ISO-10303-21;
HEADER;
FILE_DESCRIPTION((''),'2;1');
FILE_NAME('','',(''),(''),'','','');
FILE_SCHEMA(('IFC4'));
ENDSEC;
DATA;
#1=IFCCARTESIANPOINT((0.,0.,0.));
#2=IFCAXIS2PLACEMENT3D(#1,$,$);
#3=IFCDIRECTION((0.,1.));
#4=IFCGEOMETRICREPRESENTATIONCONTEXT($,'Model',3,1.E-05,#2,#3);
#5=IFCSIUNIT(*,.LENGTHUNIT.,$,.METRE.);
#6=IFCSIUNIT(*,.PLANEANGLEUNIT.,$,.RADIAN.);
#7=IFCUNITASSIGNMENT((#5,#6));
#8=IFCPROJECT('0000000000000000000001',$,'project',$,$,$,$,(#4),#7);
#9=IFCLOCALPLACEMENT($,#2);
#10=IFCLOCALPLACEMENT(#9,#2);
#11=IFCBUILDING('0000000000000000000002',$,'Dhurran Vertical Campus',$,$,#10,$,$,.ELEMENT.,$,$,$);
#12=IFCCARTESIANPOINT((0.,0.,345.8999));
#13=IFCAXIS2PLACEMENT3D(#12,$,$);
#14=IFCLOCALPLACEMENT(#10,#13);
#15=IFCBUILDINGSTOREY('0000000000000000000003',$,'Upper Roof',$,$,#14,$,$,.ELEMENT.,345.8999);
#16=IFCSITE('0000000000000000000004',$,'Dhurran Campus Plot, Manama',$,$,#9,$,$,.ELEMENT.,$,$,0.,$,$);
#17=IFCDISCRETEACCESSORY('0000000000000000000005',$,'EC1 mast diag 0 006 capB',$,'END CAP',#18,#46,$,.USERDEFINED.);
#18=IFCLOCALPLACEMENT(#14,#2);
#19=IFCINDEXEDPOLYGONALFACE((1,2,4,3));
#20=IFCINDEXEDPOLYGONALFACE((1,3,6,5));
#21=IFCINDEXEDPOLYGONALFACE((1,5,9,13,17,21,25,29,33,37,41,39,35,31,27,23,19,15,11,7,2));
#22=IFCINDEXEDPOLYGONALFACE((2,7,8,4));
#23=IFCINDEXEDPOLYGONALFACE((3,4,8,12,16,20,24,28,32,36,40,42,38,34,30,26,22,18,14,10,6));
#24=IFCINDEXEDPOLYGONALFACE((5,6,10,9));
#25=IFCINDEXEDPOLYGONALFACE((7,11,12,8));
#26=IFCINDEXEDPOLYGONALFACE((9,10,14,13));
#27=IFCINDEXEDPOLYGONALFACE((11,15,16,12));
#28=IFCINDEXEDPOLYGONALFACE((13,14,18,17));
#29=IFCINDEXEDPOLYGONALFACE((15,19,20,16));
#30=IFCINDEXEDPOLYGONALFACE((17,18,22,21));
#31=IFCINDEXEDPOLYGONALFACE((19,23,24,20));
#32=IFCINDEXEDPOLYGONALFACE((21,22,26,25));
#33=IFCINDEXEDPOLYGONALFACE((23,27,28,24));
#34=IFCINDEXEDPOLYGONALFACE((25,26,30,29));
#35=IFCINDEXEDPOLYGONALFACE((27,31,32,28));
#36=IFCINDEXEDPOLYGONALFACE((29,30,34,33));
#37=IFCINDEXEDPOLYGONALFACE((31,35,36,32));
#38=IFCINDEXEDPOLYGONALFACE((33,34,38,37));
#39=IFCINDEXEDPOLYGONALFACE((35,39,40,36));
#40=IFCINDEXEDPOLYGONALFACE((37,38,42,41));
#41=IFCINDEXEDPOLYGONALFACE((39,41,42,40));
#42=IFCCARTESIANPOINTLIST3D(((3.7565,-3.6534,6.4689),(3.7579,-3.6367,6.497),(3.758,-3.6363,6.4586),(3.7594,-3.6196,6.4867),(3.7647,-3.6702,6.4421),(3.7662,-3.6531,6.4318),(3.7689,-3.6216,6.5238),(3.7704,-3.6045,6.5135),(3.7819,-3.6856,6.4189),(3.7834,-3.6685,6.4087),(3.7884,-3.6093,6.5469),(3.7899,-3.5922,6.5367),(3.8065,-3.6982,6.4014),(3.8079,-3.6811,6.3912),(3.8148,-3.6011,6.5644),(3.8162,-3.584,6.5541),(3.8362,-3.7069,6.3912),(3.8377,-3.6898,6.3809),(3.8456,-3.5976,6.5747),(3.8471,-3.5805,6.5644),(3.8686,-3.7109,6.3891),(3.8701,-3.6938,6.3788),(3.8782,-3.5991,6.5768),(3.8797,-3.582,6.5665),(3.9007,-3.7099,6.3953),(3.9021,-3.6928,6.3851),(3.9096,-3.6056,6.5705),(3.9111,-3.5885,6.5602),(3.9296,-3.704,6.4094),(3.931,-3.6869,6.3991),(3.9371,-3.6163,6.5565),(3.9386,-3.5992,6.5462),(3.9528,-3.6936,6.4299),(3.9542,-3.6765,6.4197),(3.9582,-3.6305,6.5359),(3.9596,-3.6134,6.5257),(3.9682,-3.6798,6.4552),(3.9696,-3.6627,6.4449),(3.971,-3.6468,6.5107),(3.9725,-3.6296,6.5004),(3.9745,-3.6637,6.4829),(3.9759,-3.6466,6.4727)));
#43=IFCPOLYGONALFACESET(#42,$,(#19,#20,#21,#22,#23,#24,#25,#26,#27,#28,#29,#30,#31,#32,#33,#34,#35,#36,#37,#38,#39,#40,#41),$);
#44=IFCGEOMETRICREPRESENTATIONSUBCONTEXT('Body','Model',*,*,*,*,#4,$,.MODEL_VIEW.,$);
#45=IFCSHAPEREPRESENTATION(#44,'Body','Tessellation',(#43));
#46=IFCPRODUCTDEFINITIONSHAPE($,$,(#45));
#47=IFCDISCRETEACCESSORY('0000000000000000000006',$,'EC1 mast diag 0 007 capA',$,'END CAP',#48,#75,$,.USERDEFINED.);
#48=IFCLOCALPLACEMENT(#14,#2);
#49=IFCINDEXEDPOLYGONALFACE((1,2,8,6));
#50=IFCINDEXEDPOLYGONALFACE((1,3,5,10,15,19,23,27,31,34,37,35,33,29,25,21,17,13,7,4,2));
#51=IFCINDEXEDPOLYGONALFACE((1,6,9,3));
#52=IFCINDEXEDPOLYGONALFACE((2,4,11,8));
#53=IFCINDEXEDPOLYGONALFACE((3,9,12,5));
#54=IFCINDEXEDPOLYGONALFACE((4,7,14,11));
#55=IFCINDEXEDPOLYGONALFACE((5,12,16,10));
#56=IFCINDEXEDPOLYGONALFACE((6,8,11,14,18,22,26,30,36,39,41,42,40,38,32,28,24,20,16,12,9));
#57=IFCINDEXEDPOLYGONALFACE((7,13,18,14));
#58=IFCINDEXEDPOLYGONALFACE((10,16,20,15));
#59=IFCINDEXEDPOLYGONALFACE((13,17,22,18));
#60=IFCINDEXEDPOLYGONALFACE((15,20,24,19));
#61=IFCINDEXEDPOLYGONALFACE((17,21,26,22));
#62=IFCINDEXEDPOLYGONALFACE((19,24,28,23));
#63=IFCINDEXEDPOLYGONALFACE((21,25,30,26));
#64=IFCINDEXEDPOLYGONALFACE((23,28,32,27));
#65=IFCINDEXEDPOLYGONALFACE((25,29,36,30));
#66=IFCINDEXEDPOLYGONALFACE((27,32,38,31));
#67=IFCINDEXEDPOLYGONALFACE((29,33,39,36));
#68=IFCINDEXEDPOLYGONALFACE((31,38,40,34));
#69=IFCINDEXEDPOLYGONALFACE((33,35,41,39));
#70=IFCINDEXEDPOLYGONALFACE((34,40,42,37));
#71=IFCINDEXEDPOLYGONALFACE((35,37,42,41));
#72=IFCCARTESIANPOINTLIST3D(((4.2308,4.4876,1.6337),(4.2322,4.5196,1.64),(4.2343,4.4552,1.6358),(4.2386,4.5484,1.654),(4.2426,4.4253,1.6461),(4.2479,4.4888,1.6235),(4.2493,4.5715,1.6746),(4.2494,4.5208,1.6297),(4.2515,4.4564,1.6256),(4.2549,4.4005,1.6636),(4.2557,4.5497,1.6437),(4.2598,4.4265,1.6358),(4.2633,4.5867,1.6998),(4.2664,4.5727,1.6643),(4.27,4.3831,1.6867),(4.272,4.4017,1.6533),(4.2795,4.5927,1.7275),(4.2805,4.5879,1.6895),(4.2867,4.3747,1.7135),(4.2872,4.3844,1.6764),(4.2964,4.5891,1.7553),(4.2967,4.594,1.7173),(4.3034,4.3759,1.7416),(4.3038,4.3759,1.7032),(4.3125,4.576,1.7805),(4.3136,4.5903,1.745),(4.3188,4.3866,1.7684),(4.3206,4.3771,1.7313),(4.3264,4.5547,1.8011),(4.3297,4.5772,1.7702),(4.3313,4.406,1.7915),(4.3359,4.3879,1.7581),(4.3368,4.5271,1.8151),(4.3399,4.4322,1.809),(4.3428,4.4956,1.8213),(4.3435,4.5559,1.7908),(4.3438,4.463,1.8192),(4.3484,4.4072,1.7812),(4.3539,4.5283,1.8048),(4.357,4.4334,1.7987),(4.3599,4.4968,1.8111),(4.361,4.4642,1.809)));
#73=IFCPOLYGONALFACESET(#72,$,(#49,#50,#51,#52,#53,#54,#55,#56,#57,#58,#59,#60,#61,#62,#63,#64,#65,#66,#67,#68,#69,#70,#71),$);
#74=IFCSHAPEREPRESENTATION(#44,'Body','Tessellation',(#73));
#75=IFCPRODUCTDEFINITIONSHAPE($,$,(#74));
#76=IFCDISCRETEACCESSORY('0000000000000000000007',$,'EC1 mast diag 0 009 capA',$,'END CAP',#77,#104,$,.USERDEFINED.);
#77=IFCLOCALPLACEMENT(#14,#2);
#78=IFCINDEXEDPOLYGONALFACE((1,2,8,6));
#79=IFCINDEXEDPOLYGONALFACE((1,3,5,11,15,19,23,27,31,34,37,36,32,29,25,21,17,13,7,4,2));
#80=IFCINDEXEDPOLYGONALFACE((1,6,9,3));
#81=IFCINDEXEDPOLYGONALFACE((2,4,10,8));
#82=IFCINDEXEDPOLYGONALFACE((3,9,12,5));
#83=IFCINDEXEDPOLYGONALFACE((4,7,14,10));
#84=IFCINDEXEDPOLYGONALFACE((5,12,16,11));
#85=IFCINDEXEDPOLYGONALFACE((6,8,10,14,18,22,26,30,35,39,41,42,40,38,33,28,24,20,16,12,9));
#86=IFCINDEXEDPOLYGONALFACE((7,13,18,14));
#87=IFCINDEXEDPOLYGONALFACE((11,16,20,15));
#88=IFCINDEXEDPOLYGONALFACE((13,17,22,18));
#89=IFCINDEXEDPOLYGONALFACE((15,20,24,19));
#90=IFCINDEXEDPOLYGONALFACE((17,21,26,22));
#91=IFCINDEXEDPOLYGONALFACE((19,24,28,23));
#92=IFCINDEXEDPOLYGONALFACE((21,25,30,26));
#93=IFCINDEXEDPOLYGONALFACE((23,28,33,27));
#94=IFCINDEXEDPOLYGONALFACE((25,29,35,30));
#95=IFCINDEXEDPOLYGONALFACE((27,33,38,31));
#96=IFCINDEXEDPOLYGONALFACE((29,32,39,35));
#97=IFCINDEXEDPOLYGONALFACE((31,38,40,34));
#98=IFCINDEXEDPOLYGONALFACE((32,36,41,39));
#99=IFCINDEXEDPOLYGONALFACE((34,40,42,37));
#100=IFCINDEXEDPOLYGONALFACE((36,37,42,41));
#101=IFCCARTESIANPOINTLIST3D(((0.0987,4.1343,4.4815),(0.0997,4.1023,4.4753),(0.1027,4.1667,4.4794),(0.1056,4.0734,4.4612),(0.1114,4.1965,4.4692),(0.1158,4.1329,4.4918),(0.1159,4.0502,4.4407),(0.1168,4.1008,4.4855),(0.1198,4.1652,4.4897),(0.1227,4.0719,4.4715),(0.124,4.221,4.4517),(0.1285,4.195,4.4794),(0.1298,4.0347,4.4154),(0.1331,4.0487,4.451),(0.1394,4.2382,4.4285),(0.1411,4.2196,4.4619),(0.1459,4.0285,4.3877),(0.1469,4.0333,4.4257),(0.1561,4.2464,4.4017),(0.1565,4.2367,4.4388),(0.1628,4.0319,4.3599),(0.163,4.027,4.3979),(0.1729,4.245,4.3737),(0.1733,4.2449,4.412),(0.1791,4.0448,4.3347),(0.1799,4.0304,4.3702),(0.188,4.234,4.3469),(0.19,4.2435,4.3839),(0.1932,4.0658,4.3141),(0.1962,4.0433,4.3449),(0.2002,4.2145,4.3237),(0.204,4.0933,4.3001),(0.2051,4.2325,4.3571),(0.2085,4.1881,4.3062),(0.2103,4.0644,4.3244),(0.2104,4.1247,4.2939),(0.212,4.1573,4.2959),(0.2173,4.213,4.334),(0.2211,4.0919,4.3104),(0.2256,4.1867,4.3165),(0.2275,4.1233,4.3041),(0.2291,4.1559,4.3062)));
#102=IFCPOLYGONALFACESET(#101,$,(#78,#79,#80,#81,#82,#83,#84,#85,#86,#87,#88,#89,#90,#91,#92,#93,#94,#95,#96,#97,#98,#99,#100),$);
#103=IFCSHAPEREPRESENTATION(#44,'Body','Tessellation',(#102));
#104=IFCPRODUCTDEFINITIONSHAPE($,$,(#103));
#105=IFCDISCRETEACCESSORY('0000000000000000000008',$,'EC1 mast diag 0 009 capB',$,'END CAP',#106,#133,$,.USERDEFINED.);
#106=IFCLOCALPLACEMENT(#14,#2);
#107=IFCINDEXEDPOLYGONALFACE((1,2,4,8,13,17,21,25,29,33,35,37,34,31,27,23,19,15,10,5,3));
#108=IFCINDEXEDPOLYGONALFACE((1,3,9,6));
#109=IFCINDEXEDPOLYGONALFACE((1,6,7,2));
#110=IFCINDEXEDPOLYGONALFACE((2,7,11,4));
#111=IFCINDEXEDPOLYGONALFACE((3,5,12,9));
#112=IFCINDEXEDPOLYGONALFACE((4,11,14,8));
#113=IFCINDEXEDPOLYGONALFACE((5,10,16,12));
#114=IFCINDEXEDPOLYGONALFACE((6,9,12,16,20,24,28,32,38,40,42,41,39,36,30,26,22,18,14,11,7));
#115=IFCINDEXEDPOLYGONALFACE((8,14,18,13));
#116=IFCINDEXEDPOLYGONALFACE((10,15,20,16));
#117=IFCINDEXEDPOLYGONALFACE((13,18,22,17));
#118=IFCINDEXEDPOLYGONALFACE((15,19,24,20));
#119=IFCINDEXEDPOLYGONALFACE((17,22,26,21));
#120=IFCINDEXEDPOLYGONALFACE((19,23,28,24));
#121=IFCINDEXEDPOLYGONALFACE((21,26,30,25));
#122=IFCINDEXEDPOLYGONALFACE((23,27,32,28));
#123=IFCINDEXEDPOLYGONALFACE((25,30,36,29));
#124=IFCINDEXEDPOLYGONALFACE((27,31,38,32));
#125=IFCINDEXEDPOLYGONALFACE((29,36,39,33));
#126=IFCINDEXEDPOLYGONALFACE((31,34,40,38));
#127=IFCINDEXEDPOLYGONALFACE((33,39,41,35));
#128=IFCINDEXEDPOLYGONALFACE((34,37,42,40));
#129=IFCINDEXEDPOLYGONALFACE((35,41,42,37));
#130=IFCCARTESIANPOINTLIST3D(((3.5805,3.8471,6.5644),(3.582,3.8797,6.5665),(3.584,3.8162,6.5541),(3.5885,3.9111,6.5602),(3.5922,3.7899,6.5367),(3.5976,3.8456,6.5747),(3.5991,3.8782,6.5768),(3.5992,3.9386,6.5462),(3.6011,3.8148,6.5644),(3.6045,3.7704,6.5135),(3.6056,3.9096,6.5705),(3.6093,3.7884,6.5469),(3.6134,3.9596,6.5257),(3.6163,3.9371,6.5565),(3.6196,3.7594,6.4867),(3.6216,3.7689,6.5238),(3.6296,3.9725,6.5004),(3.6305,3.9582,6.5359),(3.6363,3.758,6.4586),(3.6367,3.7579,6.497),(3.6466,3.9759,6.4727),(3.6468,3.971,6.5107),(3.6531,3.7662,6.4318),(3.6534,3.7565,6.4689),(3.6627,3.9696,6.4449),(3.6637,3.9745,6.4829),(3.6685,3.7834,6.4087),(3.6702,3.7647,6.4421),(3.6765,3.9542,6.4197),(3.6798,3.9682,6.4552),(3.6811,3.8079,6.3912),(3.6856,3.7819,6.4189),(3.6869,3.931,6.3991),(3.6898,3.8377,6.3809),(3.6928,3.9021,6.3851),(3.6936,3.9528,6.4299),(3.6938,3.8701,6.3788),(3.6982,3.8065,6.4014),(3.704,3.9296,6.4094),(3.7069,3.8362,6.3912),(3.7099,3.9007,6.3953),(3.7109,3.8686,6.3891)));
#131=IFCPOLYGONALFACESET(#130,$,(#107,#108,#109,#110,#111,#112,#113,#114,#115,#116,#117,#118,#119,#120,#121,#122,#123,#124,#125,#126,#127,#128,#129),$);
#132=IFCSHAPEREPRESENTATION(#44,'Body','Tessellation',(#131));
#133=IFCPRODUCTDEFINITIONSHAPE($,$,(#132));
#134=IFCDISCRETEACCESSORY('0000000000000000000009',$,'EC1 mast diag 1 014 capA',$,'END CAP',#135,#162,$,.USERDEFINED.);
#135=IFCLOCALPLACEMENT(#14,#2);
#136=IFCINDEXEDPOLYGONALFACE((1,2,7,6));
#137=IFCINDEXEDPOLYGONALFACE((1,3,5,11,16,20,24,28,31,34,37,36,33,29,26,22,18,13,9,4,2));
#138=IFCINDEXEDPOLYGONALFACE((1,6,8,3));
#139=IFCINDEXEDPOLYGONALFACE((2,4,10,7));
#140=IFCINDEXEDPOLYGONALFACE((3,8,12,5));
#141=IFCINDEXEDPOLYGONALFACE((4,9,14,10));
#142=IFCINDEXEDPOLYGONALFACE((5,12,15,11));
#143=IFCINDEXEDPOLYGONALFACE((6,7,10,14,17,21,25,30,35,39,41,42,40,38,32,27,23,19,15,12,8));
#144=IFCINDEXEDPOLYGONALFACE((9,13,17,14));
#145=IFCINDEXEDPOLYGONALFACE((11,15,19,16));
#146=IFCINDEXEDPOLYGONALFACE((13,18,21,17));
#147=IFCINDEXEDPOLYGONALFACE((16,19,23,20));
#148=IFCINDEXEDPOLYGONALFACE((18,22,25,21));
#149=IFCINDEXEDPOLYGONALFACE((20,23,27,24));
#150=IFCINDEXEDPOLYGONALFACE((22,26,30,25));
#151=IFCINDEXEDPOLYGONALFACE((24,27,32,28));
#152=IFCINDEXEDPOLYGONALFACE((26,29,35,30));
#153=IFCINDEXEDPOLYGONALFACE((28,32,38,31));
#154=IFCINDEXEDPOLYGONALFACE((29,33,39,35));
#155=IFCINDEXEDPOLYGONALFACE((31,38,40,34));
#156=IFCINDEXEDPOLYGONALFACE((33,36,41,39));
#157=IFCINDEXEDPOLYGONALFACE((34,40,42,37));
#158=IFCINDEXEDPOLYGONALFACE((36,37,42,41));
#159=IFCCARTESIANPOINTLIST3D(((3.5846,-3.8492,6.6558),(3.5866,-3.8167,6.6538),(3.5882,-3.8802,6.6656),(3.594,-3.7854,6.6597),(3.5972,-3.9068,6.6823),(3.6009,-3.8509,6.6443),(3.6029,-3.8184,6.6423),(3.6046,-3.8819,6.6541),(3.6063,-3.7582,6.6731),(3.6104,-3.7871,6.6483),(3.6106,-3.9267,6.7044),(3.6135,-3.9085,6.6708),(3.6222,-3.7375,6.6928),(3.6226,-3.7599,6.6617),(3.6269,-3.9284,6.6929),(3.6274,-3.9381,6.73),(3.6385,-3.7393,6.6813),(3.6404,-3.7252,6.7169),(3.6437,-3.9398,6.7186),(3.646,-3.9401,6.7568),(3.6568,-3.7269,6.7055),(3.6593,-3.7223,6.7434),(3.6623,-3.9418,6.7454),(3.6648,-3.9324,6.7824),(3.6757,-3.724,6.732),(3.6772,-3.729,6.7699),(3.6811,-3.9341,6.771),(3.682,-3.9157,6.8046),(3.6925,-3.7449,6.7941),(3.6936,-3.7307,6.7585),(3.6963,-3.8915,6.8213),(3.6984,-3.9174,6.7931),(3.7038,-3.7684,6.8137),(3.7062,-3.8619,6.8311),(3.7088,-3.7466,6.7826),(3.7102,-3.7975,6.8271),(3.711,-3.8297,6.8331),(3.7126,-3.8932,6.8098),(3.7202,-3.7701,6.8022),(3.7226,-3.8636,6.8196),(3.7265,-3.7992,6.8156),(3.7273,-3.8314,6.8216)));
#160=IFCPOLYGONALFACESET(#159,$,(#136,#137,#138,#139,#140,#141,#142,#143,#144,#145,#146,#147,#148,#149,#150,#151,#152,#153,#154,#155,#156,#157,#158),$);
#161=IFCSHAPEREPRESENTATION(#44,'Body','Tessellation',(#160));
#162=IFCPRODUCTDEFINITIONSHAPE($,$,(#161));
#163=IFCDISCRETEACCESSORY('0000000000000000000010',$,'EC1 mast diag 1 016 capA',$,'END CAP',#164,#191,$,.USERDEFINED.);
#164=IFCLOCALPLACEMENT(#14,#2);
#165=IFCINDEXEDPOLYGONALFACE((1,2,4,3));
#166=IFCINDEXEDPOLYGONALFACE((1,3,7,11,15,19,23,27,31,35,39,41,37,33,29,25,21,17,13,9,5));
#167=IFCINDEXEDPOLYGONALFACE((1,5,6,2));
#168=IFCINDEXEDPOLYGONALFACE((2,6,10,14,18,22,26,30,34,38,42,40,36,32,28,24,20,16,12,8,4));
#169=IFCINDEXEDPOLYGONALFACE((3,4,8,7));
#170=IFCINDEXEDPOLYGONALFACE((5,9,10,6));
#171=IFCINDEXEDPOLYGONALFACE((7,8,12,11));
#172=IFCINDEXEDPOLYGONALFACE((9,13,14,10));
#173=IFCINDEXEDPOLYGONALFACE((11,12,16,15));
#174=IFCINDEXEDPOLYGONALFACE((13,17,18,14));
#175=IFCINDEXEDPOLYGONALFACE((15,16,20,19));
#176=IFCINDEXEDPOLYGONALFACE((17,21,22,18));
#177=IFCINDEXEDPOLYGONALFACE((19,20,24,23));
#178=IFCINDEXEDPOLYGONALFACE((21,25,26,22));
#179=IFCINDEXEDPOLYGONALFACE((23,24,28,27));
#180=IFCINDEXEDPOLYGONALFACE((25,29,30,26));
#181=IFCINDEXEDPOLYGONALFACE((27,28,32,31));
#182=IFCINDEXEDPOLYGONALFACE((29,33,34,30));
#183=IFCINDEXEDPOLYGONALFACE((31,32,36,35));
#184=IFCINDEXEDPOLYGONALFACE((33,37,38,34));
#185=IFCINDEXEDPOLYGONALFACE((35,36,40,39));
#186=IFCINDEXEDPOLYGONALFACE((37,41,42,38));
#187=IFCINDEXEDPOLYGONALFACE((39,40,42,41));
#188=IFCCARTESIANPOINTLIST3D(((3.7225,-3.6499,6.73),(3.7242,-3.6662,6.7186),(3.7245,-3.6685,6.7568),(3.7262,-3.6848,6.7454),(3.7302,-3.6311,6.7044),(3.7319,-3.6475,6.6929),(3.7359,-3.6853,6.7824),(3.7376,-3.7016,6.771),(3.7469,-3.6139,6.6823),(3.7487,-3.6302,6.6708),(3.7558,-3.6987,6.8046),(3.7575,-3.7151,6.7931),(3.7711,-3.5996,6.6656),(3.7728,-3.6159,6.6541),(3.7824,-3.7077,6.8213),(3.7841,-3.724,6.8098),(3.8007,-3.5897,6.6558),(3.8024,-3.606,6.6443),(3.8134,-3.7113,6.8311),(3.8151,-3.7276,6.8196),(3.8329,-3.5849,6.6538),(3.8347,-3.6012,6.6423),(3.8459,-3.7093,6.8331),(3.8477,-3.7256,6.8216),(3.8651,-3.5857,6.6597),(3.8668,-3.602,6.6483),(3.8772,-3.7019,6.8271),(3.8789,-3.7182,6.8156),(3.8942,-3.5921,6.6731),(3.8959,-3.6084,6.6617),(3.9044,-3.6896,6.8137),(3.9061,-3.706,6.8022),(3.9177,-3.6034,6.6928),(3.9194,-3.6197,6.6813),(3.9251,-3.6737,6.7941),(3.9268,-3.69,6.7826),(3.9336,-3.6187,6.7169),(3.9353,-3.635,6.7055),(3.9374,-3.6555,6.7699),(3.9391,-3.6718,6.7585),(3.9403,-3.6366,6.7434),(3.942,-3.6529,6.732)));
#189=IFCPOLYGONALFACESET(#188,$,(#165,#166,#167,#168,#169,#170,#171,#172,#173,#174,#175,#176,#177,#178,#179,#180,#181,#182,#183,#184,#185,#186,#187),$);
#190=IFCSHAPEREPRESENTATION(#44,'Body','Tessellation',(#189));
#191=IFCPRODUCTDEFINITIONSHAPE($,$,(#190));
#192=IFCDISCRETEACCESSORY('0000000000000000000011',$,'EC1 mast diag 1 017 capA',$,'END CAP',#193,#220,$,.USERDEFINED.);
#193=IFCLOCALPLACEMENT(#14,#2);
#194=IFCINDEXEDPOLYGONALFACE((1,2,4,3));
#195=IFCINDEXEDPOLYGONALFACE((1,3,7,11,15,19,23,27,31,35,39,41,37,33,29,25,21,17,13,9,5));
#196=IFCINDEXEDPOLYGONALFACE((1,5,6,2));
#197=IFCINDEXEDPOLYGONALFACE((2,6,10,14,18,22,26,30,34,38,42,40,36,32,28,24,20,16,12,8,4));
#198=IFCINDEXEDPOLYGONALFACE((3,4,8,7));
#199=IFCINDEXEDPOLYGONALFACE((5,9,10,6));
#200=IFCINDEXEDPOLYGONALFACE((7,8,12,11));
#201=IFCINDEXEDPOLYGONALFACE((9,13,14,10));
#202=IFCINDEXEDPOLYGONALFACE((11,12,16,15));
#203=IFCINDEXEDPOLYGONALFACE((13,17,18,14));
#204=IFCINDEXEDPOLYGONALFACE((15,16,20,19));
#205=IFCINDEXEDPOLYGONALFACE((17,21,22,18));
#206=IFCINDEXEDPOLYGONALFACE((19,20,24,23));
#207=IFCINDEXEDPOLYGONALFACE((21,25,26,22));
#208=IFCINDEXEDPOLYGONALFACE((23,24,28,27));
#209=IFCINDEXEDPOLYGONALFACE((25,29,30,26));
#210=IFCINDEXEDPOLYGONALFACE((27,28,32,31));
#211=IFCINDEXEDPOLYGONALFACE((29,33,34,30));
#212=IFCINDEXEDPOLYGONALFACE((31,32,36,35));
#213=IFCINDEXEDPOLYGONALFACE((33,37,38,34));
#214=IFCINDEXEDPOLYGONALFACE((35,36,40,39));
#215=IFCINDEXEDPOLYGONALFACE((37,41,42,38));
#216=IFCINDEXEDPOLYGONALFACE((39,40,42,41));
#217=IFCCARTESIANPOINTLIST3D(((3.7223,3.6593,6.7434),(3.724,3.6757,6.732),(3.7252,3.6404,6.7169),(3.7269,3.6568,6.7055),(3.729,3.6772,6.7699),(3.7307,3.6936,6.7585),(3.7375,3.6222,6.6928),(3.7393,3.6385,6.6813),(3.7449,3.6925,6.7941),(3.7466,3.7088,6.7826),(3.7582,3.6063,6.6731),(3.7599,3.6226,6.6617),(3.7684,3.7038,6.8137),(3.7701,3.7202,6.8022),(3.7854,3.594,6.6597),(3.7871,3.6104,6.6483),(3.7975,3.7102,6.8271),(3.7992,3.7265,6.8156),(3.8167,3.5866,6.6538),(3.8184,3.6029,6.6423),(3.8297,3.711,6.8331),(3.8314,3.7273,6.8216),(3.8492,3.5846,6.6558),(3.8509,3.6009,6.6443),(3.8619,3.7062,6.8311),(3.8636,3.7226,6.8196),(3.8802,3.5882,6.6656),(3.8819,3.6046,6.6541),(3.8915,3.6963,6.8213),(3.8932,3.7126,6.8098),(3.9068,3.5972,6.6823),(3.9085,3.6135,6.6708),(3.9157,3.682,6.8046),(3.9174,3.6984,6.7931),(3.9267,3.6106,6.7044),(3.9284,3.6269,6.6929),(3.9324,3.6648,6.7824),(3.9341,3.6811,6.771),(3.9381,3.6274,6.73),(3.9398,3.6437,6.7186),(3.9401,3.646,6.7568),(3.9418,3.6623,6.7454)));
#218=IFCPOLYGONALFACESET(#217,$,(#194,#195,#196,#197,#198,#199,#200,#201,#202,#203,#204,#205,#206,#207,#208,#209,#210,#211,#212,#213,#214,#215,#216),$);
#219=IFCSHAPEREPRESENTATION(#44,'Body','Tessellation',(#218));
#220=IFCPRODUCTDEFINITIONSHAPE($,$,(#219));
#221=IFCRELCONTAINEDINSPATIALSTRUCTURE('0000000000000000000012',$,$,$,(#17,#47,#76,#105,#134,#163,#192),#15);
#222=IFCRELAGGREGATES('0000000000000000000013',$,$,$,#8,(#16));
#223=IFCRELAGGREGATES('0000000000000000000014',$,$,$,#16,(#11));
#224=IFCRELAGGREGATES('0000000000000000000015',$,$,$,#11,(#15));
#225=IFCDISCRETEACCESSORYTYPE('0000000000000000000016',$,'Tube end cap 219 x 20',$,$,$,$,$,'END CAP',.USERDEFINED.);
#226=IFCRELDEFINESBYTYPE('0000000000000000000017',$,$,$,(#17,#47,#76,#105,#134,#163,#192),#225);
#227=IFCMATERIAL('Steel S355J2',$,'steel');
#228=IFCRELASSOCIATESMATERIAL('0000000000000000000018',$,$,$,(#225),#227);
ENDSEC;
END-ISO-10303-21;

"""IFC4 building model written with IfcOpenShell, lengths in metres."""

from ifc_helpers import new_model, si_unit, direction, frame, origin, origin_2d, place, context, subcontext, project, spatial, circle, extrude, material, material_profile, profile_set, type_object, element, save


model = new_model("IFC4")

# Units and contexts
model_context = context("Model", 3, precision=1e-05, world=origin(), true_north=direction((0.0, 1.0)))
body_context = subcontext(model_context, "Body", "Model", "MODEL_VIEW")
ifc_project = project(units=[si_unit("LENGTHUNIT", "METRE"), si_unit("PLANEANGLEUNIT", "RADIAN")], contexts=[model_context])

# Site, building, storey
site_placement = place(None, origin())
site = spatial("IfcSite", under=ifc_project, at=site_placement, Name="Dhurran Campus Plot, Manama", CompositionType="ELEMENT", RefElevation=0.0)
building_placement = place(site_placement, origin())
building = spatial("IfcBuilding", under=site, at=building_placement, Name="Dhurran Vertical Campus", CompositionType="ELEMENT")
storey_placement = place(building_placement, frame((0.0, 0.0, 345.8999)))
storey = spatial("IfcBuildingStorey", under=building, at=storey_placement, Name="Upper Roof", CompositionType="ELEMENT", Elevation=345.8999)

# Discrete accessories
ifc_material_1 = material(Name="Steel S355J2", Category="steel")
ifc_material_profile_1 = material_profile(ifc_material_1, circle(Radius=0.1096, at=origin_2d()), Name="Tube end cap 219 x 20")
ifc_profile_set_1 = profile_set([ifc_material_profile_1], Name="Steel S355J2")
discrete_accessory_type_1 = type_object("IfcDiscreteAccessoryType", Name="Tube end cap 219 x 20", ElementType="END CAP", PredefinedType="USERDEFINED", material=ifc_profile_set_1)
for number, where, z_axis, x_axis, name in (
    (1, (3.8667, -3.6372, 6.4727), (-0.073302, -0.855186, 0.513112), (0.996347, -0.085401, 0.0), "EC1 mast diag 0 006 capB"),
    (2, (4.2874, 4.4834, 1.7275), (0.855889, 0.061135, -0.513533), (-0.071247, 0.997459, 0.0), "EC1 mast diag 0 007 capA"),
    (3, (0.1724, 4.1362, 4.3979), (-0.855186, 0.073302, -0.513112), (-0.085401, -0.996347, 0.0), "EC1 mast diag 0 009 capA"),
    (4, (3.6372, 3.8667, 6.4727), (0.855186, -0.073302, 0.513112), (0.085401, 0.996347, 0.0), "EC1 mast diag 0 009 capB"),
    (5, (3.6479, -3.8313, 6.7434), (0.815679, -0.08522, -0.572193), (0.103912, 0.994586, 0.0), "EC1 mast diag 1 014 capA"),
    (6, (3.8313, -3.6479, 6.7434), (0.08522, -0.815679, -0.572193), (0.994586, 0.103912, 0.0), "EC1 mast diag 1 016 capA"),
    (7, (3.8313, 3.6479, 6.7434), (0.08522, 0.815679, -0.572193), (-0.994586, 0.103912, 0.0), "EC1 mast diag 1 017 capA"),
):
    element("IfcDiscreteAccessory", number, at=place(storey_placement, frame(where, z_axis=z_axis, x_axis=x_axis)), inside=storey, type_object=discrete_accessory_type_1, Name=name, ObjectType="END CAP", PredefinedType="USERDEFINED", context=body_context, shape_type="SweptSolid", body=[
        extrude(circle(Radius=0.1096, at=origin_2d()), origin(), (0.0, 0.0, 1.0), 0.02),
    ])

save(model, "model.ifc")
